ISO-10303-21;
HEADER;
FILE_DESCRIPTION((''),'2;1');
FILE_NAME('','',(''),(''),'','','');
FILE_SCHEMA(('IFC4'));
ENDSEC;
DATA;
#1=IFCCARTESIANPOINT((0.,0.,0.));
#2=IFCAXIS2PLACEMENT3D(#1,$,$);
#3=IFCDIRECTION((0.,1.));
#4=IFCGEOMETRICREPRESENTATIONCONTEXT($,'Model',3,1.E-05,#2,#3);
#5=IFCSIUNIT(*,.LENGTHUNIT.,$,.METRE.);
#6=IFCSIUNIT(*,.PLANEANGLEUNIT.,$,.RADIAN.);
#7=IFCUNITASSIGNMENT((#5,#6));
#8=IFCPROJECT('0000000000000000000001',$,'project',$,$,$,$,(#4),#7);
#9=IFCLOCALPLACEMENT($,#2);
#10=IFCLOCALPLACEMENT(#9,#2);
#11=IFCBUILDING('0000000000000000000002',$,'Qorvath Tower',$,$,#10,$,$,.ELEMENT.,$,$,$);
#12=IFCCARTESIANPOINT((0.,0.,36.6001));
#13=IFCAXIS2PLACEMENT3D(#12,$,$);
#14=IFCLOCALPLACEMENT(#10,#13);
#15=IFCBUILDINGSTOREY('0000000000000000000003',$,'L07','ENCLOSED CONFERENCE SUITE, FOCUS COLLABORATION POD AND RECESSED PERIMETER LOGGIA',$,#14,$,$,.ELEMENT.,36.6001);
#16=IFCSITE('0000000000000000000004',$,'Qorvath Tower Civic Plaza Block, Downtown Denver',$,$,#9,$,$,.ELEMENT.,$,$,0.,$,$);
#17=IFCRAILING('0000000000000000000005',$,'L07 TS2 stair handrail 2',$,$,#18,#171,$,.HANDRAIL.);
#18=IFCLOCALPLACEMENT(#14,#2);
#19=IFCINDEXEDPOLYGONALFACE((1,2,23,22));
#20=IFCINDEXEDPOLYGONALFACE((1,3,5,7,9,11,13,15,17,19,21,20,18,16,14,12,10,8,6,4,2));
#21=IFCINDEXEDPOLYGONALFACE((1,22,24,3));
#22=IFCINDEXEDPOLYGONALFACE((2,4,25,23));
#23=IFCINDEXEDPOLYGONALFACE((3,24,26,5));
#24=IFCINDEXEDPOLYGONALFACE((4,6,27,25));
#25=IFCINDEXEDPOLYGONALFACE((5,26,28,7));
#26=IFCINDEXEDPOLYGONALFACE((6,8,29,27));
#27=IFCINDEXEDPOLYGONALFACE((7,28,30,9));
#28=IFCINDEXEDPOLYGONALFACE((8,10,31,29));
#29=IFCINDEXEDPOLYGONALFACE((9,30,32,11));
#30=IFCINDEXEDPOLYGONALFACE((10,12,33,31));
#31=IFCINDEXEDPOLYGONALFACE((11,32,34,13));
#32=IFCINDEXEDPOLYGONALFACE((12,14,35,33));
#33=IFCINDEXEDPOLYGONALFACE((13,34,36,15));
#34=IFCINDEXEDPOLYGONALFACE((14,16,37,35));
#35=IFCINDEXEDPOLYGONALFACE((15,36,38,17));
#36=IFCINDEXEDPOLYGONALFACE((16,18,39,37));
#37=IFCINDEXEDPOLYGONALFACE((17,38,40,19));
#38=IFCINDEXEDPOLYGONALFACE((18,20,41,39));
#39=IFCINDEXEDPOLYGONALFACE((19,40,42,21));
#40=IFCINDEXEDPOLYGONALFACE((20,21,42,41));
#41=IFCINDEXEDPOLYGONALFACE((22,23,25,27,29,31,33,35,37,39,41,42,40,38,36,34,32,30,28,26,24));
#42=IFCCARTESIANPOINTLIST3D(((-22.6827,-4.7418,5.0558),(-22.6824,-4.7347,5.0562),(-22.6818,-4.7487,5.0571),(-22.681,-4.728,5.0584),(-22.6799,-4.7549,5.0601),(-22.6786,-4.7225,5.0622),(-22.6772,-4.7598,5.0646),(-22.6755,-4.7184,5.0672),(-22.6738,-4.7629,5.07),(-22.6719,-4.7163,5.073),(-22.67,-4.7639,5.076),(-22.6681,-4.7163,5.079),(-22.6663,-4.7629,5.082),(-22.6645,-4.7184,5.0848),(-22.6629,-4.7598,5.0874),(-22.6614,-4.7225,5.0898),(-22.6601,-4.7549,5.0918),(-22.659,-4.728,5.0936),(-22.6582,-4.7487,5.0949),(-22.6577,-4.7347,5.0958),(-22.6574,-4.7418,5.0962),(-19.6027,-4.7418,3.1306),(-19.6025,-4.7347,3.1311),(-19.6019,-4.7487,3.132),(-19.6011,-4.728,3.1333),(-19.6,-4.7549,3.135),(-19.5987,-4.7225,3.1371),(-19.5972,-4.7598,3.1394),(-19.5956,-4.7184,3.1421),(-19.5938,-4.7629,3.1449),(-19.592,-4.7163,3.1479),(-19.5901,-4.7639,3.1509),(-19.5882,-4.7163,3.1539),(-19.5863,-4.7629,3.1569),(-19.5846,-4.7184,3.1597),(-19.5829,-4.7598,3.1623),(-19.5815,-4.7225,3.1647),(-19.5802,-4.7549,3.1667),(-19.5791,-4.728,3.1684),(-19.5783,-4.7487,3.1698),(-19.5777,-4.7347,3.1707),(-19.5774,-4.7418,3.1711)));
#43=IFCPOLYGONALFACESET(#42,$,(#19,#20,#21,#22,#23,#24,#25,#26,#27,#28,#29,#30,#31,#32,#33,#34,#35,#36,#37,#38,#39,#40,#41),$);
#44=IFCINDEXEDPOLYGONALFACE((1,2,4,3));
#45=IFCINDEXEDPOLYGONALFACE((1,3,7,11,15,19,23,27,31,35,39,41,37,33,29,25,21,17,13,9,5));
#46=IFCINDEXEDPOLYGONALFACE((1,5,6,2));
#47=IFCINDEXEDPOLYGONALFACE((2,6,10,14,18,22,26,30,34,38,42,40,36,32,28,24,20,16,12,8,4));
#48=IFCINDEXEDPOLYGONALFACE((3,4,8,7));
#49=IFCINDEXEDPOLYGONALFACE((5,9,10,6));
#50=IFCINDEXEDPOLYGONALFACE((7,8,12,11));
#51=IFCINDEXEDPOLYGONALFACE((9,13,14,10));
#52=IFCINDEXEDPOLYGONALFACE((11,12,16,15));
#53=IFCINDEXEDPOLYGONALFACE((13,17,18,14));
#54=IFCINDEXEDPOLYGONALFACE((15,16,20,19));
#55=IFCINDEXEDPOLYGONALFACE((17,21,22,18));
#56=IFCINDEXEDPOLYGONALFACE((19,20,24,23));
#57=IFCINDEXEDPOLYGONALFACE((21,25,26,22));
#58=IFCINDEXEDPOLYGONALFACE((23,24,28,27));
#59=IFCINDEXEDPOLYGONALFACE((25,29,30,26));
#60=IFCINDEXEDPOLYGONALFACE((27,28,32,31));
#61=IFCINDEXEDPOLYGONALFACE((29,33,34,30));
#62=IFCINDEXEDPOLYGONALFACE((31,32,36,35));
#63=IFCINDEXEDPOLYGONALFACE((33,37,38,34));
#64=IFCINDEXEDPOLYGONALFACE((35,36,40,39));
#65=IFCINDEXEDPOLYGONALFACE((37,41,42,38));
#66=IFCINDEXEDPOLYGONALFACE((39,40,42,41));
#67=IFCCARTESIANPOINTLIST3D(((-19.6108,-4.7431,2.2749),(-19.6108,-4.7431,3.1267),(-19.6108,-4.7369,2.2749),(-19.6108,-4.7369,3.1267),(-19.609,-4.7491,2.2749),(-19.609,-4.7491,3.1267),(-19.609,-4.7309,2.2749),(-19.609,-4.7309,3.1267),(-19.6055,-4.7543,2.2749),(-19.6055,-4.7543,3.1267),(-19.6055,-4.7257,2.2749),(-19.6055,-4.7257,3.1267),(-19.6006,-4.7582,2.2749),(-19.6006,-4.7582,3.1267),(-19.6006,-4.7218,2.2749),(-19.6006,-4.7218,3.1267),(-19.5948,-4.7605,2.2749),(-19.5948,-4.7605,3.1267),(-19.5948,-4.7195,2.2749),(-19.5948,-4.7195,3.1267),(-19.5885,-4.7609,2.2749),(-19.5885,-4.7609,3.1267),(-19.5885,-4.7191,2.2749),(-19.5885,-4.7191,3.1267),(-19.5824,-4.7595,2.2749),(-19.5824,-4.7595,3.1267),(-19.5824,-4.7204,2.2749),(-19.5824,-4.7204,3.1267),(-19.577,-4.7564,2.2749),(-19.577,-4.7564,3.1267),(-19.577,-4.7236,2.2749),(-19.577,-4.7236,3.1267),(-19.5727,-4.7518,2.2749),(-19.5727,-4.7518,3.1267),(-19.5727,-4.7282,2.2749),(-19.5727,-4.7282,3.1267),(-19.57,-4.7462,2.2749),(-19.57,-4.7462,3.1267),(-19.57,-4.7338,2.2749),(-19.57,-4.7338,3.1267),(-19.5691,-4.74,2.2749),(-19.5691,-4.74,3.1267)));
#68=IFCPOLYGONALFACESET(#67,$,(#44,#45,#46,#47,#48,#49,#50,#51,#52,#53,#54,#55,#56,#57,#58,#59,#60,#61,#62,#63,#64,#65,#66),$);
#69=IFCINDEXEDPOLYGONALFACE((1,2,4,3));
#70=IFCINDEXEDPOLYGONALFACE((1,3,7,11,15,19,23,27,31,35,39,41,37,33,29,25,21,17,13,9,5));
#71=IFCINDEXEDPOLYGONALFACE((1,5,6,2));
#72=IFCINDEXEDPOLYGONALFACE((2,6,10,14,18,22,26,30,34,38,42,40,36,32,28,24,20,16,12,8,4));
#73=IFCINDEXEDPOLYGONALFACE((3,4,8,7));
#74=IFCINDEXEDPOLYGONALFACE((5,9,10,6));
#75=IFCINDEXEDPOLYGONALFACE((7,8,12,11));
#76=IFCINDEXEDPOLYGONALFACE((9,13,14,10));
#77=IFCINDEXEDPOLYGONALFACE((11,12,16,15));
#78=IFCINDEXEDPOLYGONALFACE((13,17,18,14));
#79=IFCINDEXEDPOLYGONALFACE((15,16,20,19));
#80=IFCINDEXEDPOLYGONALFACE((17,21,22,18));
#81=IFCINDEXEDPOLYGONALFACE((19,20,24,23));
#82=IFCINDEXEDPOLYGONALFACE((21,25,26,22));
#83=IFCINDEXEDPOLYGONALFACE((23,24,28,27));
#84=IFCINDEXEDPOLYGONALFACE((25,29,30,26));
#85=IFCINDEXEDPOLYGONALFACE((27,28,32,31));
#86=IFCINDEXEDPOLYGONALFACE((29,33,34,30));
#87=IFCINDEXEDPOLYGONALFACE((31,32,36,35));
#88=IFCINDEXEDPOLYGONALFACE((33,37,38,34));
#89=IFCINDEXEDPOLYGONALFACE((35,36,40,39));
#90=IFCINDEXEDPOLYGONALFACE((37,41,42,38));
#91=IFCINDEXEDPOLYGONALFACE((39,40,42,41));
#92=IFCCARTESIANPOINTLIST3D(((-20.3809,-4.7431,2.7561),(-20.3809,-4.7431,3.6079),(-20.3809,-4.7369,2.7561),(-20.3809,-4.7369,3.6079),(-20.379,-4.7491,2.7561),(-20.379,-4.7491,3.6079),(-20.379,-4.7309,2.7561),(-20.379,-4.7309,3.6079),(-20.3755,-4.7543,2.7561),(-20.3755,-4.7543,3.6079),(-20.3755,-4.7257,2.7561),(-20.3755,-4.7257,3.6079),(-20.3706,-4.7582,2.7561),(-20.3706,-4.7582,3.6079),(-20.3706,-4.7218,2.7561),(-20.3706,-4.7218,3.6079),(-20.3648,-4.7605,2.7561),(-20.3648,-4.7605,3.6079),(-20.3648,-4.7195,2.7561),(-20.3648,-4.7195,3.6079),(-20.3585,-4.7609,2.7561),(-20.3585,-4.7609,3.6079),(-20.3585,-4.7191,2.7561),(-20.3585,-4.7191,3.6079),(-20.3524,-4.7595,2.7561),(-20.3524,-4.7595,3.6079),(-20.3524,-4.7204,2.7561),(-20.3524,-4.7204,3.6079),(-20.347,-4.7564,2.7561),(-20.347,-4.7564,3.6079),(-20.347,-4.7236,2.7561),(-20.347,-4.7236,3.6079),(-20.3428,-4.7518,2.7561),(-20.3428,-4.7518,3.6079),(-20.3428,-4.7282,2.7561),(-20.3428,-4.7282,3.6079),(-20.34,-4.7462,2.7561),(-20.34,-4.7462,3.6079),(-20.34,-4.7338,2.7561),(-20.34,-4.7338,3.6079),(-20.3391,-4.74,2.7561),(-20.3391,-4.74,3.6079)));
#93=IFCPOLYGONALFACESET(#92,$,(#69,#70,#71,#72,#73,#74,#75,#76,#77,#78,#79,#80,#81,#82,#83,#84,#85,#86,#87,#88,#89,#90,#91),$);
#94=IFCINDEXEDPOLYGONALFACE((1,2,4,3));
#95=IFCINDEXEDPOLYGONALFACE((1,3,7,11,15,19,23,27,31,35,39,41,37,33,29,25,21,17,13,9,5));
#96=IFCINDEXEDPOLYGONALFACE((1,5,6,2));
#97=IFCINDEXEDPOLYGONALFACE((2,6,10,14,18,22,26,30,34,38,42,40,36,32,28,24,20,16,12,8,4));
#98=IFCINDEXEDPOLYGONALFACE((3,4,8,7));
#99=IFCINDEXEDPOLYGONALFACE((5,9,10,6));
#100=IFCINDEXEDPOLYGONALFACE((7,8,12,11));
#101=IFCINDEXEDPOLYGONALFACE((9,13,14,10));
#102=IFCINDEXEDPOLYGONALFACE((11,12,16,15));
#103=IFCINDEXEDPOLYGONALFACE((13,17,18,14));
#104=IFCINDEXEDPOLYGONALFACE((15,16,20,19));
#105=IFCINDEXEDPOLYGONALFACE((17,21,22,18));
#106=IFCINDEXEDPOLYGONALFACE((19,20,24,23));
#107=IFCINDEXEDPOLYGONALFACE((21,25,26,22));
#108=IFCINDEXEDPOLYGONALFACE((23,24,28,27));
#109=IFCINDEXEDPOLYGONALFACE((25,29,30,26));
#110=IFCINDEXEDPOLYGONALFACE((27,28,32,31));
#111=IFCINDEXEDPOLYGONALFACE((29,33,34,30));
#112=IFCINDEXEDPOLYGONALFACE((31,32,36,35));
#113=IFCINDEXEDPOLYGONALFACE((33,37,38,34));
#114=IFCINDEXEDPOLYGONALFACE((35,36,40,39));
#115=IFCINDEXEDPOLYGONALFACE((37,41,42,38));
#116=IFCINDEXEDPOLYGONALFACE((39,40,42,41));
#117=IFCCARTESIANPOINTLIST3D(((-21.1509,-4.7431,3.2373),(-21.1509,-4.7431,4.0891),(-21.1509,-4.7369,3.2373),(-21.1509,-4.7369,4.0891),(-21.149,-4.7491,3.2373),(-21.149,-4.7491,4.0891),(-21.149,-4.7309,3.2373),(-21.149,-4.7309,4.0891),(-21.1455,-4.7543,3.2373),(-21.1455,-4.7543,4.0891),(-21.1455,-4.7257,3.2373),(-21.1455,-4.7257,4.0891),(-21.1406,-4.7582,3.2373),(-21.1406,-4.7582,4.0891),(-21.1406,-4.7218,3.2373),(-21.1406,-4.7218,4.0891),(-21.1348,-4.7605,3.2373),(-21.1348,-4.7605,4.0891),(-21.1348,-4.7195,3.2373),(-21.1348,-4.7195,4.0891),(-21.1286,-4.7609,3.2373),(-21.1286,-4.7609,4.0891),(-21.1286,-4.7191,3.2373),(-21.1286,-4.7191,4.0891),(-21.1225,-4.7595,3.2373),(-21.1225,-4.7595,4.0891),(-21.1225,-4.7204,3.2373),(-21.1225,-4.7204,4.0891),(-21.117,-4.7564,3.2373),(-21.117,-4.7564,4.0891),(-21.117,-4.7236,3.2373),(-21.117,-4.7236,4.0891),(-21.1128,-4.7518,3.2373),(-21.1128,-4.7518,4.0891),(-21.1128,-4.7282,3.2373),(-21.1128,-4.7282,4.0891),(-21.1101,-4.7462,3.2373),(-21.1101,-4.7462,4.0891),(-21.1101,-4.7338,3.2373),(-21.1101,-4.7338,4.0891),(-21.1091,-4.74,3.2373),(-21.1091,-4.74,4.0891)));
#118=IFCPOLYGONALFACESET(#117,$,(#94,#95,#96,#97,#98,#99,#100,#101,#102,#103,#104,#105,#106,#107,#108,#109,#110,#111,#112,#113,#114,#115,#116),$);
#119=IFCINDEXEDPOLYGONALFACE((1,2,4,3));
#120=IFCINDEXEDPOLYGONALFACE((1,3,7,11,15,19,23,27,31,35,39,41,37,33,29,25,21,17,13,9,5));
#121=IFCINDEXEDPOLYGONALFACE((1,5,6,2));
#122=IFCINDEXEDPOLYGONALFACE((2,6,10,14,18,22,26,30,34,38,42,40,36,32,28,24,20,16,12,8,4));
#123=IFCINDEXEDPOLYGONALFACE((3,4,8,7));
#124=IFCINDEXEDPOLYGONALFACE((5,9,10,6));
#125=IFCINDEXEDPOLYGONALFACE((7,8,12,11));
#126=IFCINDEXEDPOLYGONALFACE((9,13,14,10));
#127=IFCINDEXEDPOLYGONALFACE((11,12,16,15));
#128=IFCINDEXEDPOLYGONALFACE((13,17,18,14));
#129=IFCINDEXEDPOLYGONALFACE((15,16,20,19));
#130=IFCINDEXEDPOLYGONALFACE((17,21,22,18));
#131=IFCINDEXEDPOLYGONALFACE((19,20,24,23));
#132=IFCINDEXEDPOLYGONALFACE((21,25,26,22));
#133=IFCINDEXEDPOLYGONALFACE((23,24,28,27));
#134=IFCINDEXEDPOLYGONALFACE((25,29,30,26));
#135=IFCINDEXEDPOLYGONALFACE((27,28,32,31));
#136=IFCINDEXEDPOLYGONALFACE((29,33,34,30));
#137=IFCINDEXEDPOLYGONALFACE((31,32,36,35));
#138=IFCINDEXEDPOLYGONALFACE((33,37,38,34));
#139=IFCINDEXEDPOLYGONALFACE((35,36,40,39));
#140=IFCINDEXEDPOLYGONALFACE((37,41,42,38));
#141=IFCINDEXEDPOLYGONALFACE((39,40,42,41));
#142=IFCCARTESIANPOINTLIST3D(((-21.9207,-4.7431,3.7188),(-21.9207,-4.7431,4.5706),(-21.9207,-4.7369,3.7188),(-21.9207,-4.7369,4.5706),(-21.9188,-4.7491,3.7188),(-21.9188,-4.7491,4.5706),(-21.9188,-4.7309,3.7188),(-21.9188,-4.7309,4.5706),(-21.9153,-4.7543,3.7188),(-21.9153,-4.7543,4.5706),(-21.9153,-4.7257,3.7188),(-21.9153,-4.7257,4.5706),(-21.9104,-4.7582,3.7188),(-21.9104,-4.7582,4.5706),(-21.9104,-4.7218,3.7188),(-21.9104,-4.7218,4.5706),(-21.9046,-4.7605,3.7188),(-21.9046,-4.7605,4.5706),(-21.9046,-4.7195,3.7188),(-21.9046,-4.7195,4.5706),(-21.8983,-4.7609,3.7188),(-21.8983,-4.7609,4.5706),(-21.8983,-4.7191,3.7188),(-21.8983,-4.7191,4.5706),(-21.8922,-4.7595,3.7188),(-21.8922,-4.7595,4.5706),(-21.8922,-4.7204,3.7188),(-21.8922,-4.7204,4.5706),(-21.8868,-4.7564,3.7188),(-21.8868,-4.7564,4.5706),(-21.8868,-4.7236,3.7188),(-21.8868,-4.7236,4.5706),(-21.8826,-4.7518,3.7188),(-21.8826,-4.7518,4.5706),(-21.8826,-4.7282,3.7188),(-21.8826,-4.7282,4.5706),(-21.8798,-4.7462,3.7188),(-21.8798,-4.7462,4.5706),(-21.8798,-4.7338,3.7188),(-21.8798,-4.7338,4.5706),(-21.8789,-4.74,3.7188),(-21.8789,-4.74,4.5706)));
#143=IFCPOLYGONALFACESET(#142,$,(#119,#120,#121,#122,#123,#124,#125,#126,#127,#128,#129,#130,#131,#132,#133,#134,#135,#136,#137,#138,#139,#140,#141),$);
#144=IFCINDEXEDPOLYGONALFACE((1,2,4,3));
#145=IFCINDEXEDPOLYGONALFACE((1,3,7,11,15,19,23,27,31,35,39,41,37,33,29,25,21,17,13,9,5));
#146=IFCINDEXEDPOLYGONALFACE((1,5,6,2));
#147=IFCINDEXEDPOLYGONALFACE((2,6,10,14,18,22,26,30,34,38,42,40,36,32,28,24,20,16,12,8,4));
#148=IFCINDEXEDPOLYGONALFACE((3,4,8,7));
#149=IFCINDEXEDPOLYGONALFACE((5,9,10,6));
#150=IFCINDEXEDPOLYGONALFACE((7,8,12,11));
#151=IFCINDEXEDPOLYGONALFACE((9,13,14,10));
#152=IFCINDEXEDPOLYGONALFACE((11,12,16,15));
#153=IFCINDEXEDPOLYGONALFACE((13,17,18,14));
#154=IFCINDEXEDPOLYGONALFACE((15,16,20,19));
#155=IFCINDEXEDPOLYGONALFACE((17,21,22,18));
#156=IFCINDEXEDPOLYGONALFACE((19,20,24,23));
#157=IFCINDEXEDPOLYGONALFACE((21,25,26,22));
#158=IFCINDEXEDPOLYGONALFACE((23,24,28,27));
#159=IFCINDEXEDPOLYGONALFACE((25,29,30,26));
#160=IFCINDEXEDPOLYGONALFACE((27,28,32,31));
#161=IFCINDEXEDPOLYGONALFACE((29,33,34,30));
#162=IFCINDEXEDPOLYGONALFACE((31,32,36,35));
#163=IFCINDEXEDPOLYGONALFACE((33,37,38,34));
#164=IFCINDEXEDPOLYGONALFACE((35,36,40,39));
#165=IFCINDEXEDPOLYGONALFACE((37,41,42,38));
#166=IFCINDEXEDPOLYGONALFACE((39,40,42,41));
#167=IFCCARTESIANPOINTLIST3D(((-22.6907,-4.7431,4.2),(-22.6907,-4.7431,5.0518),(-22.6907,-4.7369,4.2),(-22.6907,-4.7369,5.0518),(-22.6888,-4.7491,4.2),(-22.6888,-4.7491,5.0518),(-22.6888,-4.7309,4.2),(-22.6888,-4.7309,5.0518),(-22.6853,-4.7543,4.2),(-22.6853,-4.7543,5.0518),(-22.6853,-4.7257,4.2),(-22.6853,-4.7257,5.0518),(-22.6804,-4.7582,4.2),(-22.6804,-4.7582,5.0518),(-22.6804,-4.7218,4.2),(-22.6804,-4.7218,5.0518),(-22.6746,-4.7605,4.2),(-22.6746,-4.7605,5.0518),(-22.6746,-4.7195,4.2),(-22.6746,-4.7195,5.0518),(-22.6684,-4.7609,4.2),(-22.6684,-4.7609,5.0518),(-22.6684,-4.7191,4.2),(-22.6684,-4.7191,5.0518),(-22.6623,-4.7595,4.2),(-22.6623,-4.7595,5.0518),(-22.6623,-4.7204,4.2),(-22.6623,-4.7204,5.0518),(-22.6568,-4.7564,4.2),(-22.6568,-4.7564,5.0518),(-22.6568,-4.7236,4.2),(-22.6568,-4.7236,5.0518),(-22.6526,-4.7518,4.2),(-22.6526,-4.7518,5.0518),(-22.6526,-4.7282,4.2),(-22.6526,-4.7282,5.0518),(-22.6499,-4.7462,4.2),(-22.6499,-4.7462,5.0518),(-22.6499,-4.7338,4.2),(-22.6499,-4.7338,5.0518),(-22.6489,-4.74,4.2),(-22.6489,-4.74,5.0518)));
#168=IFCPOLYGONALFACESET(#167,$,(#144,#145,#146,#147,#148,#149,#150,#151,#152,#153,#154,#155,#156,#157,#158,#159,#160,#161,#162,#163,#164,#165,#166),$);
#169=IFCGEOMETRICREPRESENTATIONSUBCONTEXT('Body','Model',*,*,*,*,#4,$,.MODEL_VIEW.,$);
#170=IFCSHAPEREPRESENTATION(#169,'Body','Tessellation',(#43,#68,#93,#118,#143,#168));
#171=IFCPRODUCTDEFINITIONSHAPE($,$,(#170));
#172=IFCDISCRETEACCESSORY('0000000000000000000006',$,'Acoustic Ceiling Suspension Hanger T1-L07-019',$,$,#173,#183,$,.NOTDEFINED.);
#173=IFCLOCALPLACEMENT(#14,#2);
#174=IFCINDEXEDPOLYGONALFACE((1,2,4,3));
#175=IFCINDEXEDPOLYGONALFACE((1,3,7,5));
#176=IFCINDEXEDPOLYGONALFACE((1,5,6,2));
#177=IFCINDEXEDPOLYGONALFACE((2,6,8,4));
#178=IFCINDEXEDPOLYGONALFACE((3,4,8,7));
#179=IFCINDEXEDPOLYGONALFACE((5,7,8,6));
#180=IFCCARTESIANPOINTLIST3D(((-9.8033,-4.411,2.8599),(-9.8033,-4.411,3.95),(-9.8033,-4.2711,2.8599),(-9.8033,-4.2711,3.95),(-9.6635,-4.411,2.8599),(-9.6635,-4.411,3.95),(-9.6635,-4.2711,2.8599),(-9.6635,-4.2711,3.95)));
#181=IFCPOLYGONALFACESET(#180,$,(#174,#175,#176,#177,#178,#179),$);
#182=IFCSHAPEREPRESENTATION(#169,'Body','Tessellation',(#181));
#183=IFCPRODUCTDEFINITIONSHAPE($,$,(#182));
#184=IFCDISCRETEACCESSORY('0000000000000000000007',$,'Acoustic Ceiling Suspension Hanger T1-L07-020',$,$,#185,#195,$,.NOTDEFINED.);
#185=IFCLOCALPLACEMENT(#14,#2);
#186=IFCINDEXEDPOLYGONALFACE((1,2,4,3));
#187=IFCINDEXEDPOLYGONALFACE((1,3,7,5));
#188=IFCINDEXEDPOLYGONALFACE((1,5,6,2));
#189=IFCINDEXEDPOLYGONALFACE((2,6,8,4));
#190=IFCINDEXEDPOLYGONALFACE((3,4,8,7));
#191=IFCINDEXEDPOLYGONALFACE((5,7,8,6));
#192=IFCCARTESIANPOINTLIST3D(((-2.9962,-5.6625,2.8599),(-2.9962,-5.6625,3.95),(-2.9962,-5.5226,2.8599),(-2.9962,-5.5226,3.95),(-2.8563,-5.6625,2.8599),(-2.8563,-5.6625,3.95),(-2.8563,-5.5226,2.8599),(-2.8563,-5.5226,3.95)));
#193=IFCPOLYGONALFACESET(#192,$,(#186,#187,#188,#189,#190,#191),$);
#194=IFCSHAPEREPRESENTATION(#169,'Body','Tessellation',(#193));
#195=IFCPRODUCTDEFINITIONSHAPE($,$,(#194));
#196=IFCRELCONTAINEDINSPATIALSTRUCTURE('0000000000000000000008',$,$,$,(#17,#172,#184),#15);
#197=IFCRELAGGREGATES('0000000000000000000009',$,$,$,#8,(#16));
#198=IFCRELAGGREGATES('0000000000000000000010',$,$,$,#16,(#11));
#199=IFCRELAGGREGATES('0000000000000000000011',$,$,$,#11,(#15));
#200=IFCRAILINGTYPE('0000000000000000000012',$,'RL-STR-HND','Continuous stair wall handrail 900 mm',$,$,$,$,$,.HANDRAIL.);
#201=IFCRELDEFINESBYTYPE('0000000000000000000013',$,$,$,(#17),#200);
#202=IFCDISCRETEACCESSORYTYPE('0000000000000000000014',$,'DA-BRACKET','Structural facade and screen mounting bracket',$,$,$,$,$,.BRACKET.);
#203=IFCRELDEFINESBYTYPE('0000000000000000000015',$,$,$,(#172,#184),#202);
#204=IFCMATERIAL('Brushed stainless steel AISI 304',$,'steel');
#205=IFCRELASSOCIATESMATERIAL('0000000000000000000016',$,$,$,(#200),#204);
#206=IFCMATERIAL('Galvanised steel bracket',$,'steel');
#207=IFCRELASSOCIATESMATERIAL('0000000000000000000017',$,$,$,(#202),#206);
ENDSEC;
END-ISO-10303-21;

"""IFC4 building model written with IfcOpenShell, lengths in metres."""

from ifc_helpers import new_model, si_unit, direction, frame, origin, origin_2d, place, context, subcontext, project, spatial, rectangle, circle, extrude, material, type_object, element, save


model = new_model("IFC4")

# Units and contexts
model_context = context("Model", 3, precision=1e-05, world=origin(), true_north=direction((0.0, 1.0)))
body_context = subcontext(model_context, "Body", "Model", "MODEL_VIEW")
ifc_project = project(units=[si_unit("LENGTHUNIT", "METRE"), si_unit("PLANEANGLEUNIT", "RADIAN")], contexts=[model_context])

# Site, building, storey
site_placement = place(None, origin())
site = spatial("IfcSite", under=ifc_project, at=site_placement, Name="Qorvath Tower Civic Plaza Block, Downtown Denver", CompositionType="ELEMENT", RefElevation=0.0)
building_placement = place(site_placement, origin())
building = spatial("IfcBuilding", under=site, at=building_placement, Name="Qorvath Tower", CompositionType="ELEMENT")
storey_placement = place(building_placement, frame((0.0, 0.0, 36.6001)))
storey = spatial("IfcBuildingStorey", under=building, at=storey_placement, Name="L07", Description="ENCLOSED CONFERENCE SUITE, FOCUS COLLABORATION POD AND RECESSED PERIMETER LOGGIA", CompositionType="ELEMENT", Elevation=36.6001)

# Railing
ifc_material_1 = material(Name="Brushed stainless steel AISI 304", Category="steel")
railing_type_1 = type_object("IfcRailingType", Name="RL-STR-HND", Description="Continuous stair wall handrail 900 mm", PredefinedType="HANDRAIL", material=ifc_material_1)
railing_1_placement = place(storey_placement, frame((-19.5901, -4.74, 2.2749)))
element("IfcRailing", 1, at=railing_1_placement, inside=storey, type_object=railing_type_1, Name="L07 TS2 stair handrail 2", PredefinedType="HANDRAIL", context=body_context, shape_type="SweptSolid", body=[
    extrude(circle(Radius=0.0239, at=origin_2d()), frame((0.0, 0.0, 0.876), z_axis=(-0.847979, 0.0, 0.530029), x_axis=(0.0, -1.0, 0.0)), (0.0, 0.0, 1.0), 3.6321),
    extrude(circle(Radius=0.021, at=origin_2d()), origin(), (0.0, 0.0, 1.0), 0.8518),
    extrude(circle(Radius=0.021, at=origin_2d()), frame((-0.77, 0.0, 0.4812)), (0.0, 0.0, 1.0), 0.8518),
    extrude(circle(Radius=0.021, at=origin_2d()), frame((-1.54, 0.0, 0.9624)), (0.0, 0.0, 1.0), 0.8518),
    extrude(circle(Radius=0.021, at=origin_2d()), frame((-2.3098, 0.0, 1.4438)), (0.0, 0.0, 1.0), 0.8518),
    extrude(circle(Radius=0.021, at=origin_2d()), frame((-3.0798, 0.0, 1.925)), (0.0, 0.0, 1.0), 0.8518),
])

# Discrete accessories
ifc_material_2 = material(Name="Galvanised steel bracket", Category="steel")
discrete_accessory_type = type_object("IfcDiscreteAccessoryType", Name="DA-BRACKET", Description="Structural facade and screen mounting bracket", PredefinedType="BRACKET", material=ifc_material_2)
for number, where, z_axis, x_axis, name in (
    (2, (-9.7334, -4.3411, 2.8599), (0.0, 0.0, 1.0), (1.0, 0.0, 0.0), "Acoustic Ceiling Suspension Hanger T1-L07-019"),
    (3, (-2.9263, -5.5925, 2.8599), (0.0, 0.0, 1.0), (1.0, 0.0, 0.0), "Acoustic Ceiling Suspension Hanger T1-L07-020"),
):
    element("IfcDiscreteAccessory", number, at=place(storey_placement, frame(where, z_axis=z_axis, x_axis=x_axis)), inside=storey, type_object=discrete_accessory_type, Name=name, PredefinedType="NOTDEFINED", context=body_context, shape_type="SweptSolid", body=[
        extrude(rectangle(XDim=0.1399, YDim=0.1399, at=origin_2d()), origin(), (0.0, 0.0, 1.0), 1.0901),
    ])

save(model, "model.ifc")
